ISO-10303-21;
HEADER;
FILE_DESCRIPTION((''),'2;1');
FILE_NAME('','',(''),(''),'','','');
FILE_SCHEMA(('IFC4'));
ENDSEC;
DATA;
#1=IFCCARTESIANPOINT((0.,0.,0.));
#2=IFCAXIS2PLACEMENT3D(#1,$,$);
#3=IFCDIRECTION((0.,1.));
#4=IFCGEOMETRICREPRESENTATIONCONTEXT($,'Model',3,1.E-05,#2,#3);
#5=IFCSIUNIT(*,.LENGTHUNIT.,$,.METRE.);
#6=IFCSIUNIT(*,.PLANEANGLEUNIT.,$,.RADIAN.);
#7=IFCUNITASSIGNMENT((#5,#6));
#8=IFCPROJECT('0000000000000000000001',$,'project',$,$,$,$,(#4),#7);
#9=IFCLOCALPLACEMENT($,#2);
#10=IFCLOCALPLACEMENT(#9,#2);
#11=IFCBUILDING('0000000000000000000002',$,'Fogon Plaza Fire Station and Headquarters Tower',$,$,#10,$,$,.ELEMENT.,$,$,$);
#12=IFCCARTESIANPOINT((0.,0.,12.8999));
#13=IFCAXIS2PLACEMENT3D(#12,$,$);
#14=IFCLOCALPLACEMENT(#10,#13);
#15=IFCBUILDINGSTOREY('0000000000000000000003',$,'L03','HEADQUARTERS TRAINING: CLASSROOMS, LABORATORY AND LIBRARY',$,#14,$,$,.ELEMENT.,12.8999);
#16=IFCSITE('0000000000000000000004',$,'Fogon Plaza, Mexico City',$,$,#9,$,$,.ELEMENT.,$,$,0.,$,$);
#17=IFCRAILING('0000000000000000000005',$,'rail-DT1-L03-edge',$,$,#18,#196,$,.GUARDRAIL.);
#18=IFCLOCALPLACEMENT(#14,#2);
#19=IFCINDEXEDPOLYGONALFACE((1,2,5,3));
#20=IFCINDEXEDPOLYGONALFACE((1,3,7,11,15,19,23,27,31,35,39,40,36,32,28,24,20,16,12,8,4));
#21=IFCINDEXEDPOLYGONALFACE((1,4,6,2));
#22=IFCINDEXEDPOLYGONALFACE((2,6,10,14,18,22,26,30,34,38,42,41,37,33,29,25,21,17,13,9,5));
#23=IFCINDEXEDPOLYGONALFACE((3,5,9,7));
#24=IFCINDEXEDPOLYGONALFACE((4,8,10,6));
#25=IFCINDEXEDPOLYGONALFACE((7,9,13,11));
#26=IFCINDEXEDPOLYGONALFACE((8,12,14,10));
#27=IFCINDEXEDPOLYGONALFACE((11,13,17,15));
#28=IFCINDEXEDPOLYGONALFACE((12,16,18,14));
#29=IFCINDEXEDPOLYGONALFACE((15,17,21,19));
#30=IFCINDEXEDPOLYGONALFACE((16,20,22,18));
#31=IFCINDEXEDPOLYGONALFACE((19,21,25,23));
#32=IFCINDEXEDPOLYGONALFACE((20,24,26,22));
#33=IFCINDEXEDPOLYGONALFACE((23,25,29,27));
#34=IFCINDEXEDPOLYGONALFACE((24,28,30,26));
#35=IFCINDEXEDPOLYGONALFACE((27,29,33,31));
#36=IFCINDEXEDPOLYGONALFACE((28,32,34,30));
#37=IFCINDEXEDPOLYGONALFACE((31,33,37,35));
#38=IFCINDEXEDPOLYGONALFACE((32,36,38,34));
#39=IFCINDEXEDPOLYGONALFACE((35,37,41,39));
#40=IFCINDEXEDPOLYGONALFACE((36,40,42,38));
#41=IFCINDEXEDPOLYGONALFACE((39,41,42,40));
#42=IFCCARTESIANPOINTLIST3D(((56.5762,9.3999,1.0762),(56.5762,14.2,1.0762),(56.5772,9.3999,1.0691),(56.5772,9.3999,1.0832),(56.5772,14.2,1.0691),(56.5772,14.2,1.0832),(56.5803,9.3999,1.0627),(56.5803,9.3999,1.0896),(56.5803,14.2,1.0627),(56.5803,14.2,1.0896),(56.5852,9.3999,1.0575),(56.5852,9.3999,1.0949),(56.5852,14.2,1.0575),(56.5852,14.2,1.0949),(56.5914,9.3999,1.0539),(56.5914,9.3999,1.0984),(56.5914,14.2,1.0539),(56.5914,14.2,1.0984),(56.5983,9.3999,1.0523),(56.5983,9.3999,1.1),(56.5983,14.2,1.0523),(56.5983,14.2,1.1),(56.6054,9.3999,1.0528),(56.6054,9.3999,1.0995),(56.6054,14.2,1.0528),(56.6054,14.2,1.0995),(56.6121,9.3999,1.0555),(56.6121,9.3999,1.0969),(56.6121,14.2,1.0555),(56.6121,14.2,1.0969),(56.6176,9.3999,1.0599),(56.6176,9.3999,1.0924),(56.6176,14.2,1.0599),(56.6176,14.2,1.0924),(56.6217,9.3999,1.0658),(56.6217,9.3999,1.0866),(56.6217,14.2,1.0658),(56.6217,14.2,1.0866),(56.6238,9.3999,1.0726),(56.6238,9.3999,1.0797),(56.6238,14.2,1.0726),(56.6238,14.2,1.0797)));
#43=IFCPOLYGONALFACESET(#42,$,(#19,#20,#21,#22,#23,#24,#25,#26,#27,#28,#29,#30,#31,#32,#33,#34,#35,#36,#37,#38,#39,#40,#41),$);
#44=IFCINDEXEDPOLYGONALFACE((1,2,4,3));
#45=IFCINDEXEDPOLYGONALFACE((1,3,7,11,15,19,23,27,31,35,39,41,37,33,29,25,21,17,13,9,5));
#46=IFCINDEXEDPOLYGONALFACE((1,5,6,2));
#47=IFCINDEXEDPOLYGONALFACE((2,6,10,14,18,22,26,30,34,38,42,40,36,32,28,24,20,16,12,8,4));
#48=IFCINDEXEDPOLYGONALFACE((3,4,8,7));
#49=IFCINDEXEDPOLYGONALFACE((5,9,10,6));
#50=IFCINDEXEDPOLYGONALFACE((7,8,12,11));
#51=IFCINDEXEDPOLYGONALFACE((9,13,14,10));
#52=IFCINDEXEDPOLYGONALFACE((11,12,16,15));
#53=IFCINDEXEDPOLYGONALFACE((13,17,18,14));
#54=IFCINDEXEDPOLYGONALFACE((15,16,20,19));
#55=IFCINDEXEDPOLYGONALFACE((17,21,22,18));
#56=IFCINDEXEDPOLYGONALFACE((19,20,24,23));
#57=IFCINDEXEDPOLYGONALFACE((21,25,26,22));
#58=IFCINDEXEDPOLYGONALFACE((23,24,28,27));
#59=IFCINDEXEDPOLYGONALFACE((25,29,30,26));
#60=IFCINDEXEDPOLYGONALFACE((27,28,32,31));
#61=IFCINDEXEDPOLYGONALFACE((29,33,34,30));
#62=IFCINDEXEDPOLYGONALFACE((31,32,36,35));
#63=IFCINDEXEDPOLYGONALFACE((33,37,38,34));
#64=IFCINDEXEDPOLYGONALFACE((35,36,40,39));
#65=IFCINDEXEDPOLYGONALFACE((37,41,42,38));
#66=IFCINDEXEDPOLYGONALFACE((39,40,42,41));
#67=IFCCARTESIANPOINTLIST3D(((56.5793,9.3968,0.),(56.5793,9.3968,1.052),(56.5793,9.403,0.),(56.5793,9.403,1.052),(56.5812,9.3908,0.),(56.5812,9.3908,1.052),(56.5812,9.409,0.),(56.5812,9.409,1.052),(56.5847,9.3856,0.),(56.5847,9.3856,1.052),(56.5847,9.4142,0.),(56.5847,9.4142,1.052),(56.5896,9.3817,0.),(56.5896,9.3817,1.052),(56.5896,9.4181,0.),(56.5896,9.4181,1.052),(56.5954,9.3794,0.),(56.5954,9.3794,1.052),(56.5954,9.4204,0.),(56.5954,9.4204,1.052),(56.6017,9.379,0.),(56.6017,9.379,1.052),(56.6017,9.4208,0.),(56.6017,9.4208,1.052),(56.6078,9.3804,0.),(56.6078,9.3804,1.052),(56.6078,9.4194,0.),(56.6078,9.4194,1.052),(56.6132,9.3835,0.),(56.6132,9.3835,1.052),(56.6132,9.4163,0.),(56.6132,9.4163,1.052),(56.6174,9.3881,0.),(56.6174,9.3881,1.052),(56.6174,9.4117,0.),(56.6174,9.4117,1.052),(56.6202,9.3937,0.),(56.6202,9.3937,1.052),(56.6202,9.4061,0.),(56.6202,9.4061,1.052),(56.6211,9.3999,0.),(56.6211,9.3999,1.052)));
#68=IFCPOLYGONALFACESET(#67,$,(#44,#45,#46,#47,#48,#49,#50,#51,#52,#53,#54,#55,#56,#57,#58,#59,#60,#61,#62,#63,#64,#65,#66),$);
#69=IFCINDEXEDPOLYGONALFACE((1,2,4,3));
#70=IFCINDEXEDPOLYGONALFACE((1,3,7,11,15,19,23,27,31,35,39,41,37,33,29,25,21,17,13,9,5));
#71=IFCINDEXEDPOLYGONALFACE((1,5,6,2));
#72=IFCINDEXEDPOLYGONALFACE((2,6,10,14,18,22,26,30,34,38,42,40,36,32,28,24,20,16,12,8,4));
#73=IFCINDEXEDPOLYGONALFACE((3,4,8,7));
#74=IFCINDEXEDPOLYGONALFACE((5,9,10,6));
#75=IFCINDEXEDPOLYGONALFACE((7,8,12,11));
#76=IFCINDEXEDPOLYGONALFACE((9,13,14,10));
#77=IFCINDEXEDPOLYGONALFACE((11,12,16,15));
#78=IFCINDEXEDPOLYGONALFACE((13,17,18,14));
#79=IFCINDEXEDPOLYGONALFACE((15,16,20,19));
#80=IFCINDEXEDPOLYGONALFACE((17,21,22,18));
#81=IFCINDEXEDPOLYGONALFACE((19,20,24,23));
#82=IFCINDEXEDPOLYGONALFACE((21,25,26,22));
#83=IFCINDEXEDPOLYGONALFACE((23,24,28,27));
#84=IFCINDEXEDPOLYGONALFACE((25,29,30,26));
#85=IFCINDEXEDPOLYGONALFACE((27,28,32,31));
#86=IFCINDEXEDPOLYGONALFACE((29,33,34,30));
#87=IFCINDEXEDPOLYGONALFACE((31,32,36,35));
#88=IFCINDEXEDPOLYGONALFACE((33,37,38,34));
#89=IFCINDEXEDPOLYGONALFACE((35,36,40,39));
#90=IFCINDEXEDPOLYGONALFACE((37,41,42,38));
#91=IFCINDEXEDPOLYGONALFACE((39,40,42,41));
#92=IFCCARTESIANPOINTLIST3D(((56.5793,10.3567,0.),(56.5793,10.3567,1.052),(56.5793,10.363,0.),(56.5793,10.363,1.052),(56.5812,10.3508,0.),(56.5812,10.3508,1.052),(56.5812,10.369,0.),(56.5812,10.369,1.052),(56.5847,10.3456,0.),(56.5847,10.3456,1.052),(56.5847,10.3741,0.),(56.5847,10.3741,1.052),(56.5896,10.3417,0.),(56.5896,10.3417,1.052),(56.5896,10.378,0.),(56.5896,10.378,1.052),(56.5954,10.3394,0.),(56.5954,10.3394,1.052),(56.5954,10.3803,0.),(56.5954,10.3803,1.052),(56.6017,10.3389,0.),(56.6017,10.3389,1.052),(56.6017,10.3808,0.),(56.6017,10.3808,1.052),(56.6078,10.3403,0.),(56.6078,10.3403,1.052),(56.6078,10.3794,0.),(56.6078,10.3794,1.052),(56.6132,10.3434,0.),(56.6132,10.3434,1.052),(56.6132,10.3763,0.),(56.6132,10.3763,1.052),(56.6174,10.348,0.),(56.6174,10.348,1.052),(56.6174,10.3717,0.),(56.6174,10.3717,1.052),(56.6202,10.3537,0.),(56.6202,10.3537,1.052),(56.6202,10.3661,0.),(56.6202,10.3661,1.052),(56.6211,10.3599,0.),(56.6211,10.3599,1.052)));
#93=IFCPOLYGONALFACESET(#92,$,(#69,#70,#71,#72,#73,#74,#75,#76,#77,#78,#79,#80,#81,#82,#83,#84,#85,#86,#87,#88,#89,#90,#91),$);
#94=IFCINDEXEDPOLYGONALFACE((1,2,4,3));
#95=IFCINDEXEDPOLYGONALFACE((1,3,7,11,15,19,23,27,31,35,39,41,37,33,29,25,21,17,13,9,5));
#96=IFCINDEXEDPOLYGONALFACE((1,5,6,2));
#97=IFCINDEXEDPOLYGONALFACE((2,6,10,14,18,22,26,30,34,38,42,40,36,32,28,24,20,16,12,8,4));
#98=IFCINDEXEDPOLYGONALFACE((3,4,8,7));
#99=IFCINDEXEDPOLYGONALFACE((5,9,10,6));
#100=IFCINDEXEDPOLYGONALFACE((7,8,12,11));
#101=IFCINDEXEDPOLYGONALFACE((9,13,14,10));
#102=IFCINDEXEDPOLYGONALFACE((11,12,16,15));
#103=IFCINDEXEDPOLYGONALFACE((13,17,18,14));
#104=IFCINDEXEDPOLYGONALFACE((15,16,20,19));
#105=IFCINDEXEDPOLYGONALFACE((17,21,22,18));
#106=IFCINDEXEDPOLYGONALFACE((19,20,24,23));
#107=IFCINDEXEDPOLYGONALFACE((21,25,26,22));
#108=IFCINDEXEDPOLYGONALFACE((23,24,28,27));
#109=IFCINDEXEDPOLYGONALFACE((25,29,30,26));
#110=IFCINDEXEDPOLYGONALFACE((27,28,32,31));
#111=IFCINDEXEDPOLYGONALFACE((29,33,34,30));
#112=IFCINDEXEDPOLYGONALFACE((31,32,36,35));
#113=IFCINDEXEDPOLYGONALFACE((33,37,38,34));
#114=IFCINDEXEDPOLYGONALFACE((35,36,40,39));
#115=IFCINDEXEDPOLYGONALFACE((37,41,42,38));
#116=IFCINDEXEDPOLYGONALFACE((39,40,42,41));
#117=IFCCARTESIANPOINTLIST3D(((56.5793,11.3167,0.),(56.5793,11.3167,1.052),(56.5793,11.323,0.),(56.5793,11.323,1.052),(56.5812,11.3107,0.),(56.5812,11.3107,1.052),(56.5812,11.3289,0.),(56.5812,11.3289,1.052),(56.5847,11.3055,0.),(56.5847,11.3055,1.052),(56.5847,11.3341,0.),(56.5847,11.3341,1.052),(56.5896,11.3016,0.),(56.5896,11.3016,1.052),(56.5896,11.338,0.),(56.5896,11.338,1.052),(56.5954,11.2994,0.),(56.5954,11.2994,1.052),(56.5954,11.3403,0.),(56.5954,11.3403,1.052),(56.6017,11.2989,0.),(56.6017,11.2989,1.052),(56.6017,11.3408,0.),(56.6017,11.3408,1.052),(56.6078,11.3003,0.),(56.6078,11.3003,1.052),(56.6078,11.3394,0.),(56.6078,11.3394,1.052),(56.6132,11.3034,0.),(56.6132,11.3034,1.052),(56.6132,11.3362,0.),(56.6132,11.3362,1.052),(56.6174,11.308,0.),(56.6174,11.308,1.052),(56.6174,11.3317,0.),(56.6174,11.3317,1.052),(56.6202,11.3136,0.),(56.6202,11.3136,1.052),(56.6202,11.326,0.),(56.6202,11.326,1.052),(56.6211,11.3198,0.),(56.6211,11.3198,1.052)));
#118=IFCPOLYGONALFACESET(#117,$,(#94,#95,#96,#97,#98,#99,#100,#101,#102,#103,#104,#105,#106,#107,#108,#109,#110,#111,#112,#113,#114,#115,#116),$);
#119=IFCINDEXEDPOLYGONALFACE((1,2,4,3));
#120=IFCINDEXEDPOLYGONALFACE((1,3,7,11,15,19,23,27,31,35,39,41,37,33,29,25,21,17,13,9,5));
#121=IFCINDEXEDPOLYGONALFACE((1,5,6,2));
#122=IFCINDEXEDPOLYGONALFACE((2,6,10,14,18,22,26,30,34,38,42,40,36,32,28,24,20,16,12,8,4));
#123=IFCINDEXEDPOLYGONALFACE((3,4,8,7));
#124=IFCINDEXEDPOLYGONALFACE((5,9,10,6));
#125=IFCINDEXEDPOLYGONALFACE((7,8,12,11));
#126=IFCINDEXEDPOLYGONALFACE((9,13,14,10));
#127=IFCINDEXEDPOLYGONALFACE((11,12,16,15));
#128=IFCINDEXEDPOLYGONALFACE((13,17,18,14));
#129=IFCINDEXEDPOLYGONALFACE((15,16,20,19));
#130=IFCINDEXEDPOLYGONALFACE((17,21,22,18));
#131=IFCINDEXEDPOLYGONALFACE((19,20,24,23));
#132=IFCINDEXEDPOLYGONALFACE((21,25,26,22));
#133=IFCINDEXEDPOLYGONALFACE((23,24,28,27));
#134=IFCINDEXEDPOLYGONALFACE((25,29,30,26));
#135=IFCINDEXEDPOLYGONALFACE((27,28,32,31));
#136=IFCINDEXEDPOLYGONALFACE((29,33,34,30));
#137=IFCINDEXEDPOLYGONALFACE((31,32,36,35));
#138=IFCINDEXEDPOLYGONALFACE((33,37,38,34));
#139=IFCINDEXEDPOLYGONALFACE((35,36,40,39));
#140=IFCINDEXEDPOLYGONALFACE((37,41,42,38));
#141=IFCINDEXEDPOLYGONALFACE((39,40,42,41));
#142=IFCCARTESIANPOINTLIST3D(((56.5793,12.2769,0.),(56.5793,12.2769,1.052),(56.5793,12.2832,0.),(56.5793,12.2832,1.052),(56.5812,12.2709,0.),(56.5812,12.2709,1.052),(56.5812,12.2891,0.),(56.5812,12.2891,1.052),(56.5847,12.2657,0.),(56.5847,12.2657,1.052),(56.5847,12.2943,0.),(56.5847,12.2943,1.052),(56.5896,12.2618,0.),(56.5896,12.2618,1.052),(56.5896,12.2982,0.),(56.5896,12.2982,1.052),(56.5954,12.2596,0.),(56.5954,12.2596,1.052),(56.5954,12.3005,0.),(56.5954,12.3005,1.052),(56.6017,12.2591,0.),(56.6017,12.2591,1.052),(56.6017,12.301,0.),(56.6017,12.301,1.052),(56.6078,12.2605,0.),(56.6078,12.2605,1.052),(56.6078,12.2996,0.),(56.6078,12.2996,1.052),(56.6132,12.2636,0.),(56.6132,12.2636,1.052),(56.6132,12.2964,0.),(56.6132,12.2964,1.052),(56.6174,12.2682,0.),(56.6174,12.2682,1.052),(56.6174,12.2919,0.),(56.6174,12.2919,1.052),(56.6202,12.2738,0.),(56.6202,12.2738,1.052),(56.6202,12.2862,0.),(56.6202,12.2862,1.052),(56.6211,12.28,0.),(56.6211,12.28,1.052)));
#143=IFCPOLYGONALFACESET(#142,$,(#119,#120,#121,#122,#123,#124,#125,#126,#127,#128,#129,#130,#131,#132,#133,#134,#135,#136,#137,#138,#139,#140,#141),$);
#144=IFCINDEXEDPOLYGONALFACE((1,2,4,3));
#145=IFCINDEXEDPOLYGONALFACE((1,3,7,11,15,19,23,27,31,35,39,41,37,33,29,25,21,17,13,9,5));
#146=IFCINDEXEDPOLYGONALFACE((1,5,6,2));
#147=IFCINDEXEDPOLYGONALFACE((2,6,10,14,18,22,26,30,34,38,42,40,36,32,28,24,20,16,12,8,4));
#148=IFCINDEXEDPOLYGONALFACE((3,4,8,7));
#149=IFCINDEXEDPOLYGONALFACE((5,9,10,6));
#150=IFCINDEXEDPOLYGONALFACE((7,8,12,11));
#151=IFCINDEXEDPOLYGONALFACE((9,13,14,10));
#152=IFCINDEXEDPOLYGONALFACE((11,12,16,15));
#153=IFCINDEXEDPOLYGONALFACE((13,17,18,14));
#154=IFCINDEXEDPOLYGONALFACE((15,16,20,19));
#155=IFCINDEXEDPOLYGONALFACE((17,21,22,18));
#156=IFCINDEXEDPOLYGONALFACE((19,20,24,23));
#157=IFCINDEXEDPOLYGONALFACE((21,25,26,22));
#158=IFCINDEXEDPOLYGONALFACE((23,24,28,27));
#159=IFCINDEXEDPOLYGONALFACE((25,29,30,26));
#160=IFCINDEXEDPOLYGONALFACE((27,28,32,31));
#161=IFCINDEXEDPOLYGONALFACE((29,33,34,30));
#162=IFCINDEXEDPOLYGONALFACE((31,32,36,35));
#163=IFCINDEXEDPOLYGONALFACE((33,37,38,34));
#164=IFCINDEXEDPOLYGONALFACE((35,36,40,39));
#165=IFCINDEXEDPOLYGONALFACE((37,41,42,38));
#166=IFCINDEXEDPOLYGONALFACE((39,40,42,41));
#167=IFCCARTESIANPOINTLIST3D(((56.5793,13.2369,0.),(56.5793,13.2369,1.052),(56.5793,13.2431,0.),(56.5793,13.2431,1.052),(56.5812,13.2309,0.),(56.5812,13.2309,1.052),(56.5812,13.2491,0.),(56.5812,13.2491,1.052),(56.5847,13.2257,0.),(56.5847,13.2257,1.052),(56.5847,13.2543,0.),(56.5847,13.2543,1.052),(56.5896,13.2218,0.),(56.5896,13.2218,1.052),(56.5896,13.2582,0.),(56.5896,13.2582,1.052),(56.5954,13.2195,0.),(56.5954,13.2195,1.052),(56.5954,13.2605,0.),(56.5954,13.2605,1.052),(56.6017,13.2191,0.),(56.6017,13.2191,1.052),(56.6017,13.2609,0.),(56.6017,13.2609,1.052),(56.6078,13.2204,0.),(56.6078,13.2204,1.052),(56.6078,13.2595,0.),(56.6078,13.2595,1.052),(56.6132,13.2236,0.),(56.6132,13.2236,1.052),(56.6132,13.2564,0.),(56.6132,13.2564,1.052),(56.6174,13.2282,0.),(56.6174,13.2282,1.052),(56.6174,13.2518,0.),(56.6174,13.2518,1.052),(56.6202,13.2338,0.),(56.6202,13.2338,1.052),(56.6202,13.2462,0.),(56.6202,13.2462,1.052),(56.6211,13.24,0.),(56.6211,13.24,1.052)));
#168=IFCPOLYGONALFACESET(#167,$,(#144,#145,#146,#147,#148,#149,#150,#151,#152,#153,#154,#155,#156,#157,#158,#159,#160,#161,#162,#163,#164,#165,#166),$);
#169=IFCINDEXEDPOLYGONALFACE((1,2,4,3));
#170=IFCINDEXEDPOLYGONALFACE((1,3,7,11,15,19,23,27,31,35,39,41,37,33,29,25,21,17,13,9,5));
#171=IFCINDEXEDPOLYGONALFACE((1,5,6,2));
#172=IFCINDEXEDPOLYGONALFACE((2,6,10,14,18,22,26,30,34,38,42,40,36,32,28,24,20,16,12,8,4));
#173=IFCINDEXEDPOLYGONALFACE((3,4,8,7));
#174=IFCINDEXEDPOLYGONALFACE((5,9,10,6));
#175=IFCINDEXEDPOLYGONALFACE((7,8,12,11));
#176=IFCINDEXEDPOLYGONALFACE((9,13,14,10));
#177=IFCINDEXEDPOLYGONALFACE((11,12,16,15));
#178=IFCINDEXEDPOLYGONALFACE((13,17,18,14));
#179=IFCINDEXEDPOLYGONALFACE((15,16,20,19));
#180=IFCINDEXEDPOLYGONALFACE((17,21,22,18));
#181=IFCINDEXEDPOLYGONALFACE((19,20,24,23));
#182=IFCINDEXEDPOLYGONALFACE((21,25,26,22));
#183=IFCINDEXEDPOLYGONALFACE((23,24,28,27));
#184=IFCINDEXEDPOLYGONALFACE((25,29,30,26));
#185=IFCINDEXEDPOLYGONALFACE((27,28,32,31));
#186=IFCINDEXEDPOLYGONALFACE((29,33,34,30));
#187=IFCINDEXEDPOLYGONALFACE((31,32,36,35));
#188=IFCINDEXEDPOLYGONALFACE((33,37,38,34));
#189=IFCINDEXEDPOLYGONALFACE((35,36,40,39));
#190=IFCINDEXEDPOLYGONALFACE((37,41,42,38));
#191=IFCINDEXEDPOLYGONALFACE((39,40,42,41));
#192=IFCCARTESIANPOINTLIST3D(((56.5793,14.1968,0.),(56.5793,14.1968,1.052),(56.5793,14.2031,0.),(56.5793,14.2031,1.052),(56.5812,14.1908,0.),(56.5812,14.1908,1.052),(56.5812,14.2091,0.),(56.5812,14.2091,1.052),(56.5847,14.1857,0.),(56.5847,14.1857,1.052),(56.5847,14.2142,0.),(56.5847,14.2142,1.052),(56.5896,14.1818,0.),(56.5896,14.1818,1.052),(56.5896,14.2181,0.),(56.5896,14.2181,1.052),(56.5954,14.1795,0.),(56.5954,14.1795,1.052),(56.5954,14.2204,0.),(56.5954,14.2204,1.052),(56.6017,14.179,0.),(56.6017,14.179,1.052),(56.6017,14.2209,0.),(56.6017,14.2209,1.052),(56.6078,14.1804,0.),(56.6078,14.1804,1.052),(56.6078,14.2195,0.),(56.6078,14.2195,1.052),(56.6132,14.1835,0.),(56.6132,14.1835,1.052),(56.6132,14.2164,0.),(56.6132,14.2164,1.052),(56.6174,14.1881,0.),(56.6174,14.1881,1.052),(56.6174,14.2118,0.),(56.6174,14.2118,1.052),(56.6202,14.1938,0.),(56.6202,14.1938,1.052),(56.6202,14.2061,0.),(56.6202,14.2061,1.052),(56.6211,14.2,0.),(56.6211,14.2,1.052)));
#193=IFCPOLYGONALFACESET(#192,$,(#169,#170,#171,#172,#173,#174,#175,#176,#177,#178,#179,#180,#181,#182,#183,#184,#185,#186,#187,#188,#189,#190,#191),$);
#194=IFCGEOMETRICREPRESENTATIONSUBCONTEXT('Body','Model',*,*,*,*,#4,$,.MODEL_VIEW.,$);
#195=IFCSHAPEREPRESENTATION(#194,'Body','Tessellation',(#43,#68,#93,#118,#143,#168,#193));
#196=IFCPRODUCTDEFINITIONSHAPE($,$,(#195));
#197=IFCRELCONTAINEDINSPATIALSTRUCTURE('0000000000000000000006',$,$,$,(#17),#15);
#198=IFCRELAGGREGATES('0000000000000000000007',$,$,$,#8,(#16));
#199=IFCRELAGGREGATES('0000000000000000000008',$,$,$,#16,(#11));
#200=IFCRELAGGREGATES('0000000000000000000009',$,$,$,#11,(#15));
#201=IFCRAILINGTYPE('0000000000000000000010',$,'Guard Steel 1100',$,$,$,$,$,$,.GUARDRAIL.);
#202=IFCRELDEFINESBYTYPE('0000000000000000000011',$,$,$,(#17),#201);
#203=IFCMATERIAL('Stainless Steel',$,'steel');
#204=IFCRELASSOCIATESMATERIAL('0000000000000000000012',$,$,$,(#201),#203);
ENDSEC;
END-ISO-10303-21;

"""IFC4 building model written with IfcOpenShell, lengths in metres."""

from ifc_helpers import new_model, si_unit, direction, frame, origin, origin_2d, place, context, subcontext, project, spatial, circle, extrude, material, type_object, element, save


model = new_model("IFC4")

# Units and contexts
model_context = context("Model", 3, precision=1e-05, world=origin(), true_north=direction((0.0, 1.0)))
body_context = subcontext(model_context, "Body", "Model", "MODEL_VIEW")
ifc_project = project(units=[si_unit("LENGTHUNIT", "METRE"), si_unit("PLANEANGLEUNIT", "RADIAN")], contexts=[model_context])

# Site, building, storey
site_placement = place(None, origin())
site = spatial("IfcSite", under=ifc_project, at=site_placement, Name="Fogon Plaza, Mexico City", CompositionType="ELEMENT", RefElevation=0.0)
building_placement = place(site_placement, origin())
building = spatial("IfcBuilding", under=site, at=building_placement, Name="Fogon Plaza Fire Station and Headquarters Tower", CompositionType="ELEMENT")
storey_placement = place(building_placement, frame((0.0, 0.0, 12.8999)))
storey = spatial("IfcBuildingStorey", under=building, at=storey_placement, Name="L03", Description="HEADQUARTERS TRAINING: CLASSROOMS, LABORATORY AND LIBRARY", CompositionType="ELEMENT", Elevation=12.8999)

# Railing
ifc_material_1 = material(Name="Stainless Steel", Category="steel")
railing_type_1 = type_object("IfcRailingType", Name="Guard Steel 1100", PredefinedType="GUARDRAIL", material=ifc_material_1)
railing_1_placement = place(storey_placement, frame((56.6001, 9.3999, 0.0)))
element("IfcRailing", 1, at=railing_1_placement, inside=storey, type_object=railing_type_1, Name="rail-DT1-L03-edge", PredefinedType="GUARDRAIL", context=body_context, shape_type="SweptSolid", body=[
    extrude(circle(Radius=0.0239, at=origin_2d()), frame((0.0, 0.0, 1.0762), z_axis=(0.0, 1.0, 0.0), x_axis=(-1.0, 0.0, 0.0)), (0.0, 0.0, 1.0), 4.8),
    extrude(circle(Radius=0.021, at=origin_2d()), origin(), (0.0, 0.0, 1.0), 1.052),
    extrude(circle(Radius=0.021, at=origin_2d()), frame((0.0, 0.96, 0.0)), (0.0, 0.0, 1.0), 1.052),
    extrude(circle(Radius=0.021, at=origin_2d()), frame((0.0, 1.9199, 0.0)), (0.0, 0.0, 1.0), 1.052),
    extrude(circle(Radius=0.021, at=origin_2d()), frame((0.0, 2.8801, 0.0)), (0.0, 0.0, 1.0), 1.052),
    extrude(circle(Radius=0.021, at=origin_2d()), frame((0.0, 3.8401, 0.0)), (0.0, 0.0, 1.0), 1.052),
    extrude(circle(Radius=0.021, at=origin_2d()), frame((0.0, 4.8, 0.0)), (0.0, 0.0, 1.0), 1.052),
])

save(model, "model.ifc")
